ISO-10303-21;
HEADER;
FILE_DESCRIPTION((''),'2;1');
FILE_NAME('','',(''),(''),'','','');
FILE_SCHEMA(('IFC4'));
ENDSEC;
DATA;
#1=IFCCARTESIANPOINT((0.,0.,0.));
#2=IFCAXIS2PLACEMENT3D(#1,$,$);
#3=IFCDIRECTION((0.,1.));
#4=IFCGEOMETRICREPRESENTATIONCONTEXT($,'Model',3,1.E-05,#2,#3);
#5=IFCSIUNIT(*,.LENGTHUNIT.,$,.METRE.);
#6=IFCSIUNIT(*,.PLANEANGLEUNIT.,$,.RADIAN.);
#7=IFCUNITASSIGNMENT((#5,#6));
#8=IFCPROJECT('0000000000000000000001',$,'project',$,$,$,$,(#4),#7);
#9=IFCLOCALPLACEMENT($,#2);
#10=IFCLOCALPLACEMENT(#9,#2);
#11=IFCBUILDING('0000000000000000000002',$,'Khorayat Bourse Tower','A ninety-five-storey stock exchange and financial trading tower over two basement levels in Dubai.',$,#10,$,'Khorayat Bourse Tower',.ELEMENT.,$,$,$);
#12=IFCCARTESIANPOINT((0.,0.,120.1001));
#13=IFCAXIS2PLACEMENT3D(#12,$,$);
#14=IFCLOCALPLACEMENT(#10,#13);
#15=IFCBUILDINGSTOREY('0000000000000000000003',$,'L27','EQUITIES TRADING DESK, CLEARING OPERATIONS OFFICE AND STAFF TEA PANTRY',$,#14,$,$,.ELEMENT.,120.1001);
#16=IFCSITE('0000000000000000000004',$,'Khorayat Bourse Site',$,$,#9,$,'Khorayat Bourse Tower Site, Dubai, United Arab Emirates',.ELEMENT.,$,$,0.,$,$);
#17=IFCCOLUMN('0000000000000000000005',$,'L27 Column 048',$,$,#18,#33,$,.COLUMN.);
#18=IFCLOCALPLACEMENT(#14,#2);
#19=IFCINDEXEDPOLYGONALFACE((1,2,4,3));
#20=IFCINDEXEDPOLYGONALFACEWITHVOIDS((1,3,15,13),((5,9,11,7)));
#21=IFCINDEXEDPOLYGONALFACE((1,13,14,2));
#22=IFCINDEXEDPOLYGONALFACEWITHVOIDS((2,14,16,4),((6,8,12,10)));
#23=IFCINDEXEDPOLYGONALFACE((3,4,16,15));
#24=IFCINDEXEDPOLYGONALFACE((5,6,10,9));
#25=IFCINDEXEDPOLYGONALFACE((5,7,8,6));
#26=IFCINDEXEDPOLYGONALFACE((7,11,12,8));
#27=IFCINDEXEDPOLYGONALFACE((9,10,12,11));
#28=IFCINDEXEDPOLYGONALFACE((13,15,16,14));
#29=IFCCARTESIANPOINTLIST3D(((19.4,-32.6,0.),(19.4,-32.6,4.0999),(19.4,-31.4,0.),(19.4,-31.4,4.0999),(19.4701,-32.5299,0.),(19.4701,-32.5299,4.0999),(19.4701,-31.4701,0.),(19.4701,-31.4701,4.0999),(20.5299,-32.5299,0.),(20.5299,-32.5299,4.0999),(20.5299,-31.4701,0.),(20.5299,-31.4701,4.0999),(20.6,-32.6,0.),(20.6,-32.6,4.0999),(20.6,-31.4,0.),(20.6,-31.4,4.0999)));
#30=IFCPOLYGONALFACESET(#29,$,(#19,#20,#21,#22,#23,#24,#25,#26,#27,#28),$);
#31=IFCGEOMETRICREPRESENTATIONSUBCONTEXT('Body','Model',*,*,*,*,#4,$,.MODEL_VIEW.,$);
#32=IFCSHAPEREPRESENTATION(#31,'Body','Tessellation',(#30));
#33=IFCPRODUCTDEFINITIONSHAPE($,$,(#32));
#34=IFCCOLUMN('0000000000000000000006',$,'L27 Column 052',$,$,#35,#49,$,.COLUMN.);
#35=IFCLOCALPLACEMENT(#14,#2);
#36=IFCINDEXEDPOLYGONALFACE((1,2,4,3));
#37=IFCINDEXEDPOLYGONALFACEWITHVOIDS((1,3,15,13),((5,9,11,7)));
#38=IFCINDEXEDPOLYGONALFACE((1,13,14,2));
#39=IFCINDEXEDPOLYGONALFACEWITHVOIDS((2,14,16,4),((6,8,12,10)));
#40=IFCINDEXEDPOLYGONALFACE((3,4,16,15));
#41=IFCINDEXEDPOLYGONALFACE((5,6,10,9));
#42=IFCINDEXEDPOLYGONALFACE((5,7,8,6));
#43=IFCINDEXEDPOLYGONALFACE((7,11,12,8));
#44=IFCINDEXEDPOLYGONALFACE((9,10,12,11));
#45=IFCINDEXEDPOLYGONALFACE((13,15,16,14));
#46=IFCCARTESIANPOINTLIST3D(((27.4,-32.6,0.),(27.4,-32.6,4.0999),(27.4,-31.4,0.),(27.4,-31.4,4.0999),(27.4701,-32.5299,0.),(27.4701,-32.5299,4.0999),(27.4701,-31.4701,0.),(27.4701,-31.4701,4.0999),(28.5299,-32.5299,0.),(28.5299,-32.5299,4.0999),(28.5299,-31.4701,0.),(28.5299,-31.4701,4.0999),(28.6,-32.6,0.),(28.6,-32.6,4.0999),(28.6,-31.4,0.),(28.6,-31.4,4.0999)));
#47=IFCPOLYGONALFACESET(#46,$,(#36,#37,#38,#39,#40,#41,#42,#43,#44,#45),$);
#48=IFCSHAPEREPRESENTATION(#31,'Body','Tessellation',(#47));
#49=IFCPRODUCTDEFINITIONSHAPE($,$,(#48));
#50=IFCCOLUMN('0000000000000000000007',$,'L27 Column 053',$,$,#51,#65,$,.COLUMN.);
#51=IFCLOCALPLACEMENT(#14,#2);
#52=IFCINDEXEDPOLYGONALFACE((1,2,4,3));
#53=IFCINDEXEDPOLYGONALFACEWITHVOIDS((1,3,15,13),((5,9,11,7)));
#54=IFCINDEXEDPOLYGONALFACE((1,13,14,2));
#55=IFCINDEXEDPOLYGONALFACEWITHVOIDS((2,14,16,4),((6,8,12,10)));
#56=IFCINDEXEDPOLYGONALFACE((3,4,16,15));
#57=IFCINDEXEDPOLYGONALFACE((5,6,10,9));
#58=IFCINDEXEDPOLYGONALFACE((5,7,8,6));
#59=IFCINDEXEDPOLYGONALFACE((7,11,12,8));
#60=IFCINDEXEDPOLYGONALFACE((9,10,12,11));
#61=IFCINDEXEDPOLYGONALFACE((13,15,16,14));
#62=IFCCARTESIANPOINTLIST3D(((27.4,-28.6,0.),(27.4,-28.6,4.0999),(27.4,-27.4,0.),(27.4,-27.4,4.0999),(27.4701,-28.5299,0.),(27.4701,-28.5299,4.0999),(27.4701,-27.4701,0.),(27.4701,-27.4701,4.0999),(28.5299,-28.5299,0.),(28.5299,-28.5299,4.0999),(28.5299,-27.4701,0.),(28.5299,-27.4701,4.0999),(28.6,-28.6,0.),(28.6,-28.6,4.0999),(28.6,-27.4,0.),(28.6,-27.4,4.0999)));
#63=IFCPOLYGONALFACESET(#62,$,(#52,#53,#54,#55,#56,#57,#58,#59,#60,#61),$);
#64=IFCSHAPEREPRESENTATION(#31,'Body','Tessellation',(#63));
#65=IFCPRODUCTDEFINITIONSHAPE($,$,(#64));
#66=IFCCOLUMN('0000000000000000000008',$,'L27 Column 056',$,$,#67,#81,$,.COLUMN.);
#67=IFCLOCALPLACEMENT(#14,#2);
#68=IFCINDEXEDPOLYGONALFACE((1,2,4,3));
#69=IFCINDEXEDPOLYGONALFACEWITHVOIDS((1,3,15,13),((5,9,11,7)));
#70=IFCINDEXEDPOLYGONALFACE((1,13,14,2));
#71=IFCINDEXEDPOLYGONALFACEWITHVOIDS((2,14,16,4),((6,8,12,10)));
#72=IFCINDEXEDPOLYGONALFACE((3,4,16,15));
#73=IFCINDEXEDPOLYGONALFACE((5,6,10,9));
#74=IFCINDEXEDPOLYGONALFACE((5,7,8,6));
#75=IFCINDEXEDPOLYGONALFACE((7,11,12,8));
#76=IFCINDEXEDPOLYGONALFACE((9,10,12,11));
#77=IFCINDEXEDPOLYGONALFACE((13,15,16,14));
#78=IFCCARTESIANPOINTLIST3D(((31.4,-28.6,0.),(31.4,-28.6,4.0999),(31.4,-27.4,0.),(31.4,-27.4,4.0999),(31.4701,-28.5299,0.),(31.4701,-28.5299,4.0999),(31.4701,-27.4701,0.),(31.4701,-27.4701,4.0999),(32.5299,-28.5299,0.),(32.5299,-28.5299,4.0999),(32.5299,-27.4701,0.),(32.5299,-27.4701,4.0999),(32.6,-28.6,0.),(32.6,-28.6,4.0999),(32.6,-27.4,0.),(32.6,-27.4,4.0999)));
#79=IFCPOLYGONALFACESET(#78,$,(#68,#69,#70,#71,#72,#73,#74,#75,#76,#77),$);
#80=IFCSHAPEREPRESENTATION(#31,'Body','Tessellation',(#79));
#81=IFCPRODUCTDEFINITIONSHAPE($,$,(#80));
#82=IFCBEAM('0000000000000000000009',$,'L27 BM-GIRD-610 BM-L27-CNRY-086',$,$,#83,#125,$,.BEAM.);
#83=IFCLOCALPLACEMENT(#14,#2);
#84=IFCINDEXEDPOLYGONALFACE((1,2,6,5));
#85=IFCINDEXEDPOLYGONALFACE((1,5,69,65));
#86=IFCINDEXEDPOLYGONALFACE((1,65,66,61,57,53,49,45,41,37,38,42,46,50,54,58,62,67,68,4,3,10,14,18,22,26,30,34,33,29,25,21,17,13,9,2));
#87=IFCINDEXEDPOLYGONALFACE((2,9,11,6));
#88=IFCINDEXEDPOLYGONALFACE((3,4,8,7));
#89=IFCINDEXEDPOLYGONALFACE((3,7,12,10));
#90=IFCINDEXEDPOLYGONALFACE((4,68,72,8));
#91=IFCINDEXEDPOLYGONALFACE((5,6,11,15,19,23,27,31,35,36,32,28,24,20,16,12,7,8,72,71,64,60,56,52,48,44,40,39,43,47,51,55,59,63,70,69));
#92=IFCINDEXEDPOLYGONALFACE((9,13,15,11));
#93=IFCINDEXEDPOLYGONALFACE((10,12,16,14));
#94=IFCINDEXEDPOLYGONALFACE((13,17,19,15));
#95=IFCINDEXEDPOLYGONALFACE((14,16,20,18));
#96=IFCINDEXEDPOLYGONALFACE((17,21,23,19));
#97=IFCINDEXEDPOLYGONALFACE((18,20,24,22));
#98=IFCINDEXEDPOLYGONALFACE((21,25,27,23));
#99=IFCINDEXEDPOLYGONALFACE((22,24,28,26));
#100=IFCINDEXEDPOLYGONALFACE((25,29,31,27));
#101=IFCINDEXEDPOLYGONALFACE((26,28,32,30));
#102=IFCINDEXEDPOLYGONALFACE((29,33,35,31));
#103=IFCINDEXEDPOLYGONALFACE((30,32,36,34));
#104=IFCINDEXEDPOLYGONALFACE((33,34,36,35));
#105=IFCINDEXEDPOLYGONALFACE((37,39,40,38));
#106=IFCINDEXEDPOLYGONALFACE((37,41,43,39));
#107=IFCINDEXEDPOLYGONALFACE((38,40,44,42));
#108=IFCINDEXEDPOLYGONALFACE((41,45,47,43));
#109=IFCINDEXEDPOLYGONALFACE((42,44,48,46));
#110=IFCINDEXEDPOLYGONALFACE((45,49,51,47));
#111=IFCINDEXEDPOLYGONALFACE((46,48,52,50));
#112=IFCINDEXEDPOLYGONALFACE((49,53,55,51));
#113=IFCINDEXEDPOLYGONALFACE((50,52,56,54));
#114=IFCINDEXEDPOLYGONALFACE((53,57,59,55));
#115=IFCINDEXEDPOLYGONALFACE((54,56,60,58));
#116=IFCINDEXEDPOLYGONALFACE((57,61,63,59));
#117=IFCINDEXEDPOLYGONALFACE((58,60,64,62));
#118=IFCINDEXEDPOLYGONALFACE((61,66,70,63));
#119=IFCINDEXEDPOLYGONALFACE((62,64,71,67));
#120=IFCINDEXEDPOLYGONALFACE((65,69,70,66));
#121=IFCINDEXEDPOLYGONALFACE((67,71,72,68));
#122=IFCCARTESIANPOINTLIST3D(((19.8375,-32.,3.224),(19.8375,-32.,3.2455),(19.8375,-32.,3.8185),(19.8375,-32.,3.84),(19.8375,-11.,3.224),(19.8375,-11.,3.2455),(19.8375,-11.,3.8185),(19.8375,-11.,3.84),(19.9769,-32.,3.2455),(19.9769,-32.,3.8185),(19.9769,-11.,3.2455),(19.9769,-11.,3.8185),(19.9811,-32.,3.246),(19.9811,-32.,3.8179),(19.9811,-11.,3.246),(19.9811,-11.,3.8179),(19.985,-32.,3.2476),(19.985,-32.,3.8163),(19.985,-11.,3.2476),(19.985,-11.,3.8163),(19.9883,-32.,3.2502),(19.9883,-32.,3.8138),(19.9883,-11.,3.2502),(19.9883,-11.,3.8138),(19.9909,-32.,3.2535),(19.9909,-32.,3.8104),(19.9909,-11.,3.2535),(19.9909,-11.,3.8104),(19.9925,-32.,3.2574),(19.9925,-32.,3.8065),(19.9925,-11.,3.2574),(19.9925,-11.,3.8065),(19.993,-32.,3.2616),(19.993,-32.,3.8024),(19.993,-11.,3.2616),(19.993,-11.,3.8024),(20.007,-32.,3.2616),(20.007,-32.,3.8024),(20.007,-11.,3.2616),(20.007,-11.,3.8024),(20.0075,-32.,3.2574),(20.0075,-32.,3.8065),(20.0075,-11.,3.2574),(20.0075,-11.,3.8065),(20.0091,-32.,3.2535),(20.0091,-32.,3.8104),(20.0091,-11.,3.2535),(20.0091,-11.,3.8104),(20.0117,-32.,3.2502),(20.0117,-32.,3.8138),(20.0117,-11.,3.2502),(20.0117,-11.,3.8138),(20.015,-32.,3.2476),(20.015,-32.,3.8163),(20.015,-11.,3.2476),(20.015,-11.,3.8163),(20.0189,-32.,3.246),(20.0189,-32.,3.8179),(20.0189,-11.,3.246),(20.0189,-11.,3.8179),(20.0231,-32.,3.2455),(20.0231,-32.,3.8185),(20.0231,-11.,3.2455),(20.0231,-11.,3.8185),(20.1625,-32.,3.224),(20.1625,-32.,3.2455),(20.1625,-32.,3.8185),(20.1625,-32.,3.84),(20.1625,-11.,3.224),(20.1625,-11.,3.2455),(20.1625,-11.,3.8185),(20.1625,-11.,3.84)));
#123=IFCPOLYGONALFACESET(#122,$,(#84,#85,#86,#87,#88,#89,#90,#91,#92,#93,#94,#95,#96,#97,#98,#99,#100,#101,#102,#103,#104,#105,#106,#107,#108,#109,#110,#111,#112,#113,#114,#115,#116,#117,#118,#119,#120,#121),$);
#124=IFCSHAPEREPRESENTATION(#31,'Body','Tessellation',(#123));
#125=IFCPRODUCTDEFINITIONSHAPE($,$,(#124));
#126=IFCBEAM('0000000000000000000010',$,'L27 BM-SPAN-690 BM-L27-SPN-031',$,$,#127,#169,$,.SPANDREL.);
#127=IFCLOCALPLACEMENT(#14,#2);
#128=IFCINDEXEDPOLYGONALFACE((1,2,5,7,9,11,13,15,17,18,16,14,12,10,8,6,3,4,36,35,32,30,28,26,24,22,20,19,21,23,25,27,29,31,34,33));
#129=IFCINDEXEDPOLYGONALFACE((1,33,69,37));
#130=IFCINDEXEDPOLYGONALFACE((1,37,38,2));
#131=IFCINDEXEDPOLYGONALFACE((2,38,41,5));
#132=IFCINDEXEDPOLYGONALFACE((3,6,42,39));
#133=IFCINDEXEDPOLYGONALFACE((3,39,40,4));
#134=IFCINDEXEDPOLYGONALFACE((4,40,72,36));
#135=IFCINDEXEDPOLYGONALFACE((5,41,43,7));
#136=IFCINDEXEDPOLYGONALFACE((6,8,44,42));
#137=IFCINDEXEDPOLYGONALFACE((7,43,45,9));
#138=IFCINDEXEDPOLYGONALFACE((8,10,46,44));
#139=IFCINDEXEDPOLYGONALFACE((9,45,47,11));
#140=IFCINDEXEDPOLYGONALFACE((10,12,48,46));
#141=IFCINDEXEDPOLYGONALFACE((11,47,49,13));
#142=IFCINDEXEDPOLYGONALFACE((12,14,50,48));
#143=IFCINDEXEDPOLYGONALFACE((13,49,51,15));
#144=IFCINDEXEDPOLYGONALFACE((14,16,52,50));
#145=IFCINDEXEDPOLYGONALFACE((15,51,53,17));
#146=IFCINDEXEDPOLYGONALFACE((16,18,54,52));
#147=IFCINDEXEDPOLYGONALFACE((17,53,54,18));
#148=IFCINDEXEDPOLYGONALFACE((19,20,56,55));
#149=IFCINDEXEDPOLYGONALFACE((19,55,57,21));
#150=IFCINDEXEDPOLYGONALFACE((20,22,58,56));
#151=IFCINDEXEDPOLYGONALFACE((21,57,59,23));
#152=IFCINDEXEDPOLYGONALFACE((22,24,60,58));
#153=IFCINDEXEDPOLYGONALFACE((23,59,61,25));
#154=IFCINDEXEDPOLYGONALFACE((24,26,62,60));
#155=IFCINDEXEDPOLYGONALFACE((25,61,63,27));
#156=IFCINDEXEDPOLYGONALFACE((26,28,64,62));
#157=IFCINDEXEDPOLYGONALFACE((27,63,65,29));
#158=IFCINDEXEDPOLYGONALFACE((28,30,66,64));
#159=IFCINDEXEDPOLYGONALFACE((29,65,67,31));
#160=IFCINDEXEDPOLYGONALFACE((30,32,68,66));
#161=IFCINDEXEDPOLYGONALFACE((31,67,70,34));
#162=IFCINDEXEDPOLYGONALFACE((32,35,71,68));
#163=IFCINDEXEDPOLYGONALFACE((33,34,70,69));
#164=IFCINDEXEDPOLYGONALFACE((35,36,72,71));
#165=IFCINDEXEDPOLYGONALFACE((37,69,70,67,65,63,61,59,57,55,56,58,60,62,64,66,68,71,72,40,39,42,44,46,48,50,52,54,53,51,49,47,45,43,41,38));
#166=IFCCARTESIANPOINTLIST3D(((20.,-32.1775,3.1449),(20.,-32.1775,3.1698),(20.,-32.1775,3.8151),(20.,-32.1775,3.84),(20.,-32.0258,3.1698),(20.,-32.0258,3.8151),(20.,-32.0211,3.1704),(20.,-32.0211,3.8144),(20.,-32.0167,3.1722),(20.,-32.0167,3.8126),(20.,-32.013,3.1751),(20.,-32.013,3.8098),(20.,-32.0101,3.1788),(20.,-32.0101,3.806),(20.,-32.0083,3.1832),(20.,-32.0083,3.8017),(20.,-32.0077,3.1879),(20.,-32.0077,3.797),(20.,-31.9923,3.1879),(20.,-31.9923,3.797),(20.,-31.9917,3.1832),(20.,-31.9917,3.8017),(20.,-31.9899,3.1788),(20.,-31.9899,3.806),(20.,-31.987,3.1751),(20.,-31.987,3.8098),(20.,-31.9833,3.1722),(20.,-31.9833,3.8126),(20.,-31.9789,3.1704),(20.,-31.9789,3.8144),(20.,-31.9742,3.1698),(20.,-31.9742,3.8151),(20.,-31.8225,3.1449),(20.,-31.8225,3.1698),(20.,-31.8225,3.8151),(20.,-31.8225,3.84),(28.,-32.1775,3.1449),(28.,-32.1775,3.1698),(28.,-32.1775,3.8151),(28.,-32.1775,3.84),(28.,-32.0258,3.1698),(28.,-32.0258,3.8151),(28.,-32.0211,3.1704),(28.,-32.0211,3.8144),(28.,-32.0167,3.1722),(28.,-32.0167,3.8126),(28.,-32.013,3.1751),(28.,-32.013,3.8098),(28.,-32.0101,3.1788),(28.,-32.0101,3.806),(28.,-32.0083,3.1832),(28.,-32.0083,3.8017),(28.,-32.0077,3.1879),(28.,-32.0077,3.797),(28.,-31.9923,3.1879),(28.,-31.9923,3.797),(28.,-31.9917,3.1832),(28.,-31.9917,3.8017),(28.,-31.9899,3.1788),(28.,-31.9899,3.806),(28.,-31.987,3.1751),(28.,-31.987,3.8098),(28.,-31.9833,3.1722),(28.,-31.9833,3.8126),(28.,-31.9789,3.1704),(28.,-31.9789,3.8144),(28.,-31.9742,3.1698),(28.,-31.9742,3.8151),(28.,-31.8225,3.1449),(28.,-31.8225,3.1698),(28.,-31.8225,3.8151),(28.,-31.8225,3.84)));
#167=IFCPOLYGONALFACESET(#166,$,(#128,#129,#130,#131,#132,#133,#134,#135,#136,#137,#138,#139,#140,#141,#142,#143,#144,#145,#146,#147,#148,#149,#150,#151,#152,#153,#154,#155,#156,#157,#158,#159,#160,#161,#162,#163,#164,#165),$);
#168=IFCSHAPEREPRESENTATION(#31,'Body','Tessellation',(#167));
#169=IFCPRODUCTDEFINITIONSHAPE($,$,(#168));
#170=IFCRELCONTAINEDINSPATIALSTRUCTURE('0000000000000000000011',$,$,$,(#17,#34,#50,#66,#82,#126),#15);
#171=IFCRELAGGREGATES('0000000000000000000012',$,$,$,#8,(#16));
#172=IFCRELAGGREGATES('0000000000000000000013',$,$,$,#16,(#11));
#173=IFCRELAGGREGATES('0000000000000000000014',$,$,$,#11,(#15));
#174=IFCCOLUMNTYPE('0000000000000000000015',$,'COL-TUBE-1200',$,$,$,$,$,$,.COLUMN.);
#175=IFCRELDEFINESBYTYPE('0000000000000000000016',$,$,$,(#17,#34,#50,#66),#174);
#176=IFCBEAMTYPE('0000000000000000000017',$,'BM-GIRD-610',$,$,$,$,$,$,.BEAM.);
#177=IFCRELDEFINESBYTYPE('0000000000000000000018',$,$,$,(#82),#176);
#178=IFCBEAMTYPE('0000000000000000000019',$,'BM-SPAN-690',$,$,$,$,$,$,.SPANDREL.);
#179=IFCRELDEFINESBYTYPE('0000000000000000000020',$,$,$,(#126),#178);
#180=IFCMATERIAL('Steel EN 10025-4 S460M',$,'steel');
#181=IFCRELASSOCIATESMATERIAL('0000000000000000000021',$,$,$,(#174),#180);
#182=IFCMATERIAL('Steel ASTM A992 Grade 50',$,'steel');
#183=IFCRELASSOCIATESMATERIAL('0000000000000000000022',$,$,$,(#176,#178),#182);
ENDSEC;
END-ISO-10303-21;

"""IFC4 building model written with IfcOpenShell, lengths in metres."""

from ifc_helpers import new_model, si_unit, direction, frame, origin, origin_2d, place, context, subcontext, project, spatial, hollow_rectangle, i_section, extrude, source, transform, mapped, material, material_profile, profile_set, type_object, element, save


model = new_model("IFC4")

# Units and contexts
model_context = context("Model", 3, precision=1e-05, world=origin(), true_north=direction((0.0, 1.0)))
body_context = subcontext(model_context, "Body", "Model", "MODEL_VIEW")
ifc_project = project(units=[si_unit("LENGTHUNIT", "METRE"), si_unit("PLANEANGLEUNIT", "RADIAN")], contexts=[model_context])

# Site, building, storey
site_placement = place(None, origin())
site = spatial("IfcSite", under=ifc_project, at=site_placement, Name="Khorayat Bourse Site", LongName="Khorayat Bourse Tower Site, Dubai, United Arab Emirates", CompositionType="ELEMENT", RefElevation=0.0)
building_placement = place(site_placement, origin())
building = spatial("IfcBuilding", under=site, at=building_placement, Name="Khorayat Bourse Tower", Description="A ninety-five-storey stock exchange and financial trading tower over two basement levels in Dubai.", LongName="Khorayat Bourse Tower", CompositionType="ELEMENT")
storey_placement = place(building_placement, frame((0.0, 0.0, 120.1001)))
storey = spatial("IfcBuildingStorey", under=building, at=storey_placement, Name="L27", Description="EQUITIES TRADING DESK, CLEARING OPERATIONS OFFICE AND STAFF TEA PANTRY", CompositionType="ELEMENT", Elevation=120.1001)

# Columns
ifc_material_1 = material(Name="Steel EN 10025-4 S460M", Category="steel")
ifc_material_profile_1 = material_profile(ifc_material_1, hollow_rectangle(XDim=1.2, YDim=1.2, WallThickness=0.0701, at=origin_2d()), Name="BOX 1200x1200x70")
ifc_profile_set_1 = profile_set([ifc_material_profile_1], Name="Steel EN 10025-4 S460M")
column_type = type_object("IfcColumnType", Name="COL-TUBE-1200", PredefinedType="COLUMN", material=ifc_profile_set_1)
shared_shape_1 = source(origin(), body_context, "Body", "SweptSolid", [
    extrude(hollow_rectangle(XDim=1.2, YDim=1.2, WallThickness=0.0701, at=origin_2d()), origin(), (0.0, 0.0, 1.0), 4.0999),
])
for number, where, z_axis, x_axis, name in (
    (1, (20.0, -32.0, 0.0), (0.0, 0.0, 1.0), (1.0, 0.0, 0.0), "L27 Column 048"),
    (2, (28.0, -32.0, 0.0), (0.0, 0.0, 1.0), (1.0, 0.0, 0.0), "L27 Column 052"),
    (3, (28.0, -28.0, 0.0), (0.0, 0.0, 1.0), (1.0, 0.0, 0.0), "L27 Column 053"),
    (4, (32.0, -28.0, 0.0), (0.0, 0.0, 1.0), (1.0, 0.0, 0.0), "L27 Column 056"),
):
    element("IfcColumn", number, at=place(storey_placement, frame(where, z_axis=z_axis, x_axis=x_axis)), inside=storey, type_object=column_type, Name=name, PredefinedType="COLUMN", context=body_context, shape_type="MappedRepresentation", body=[
        mapped(shared_shape_1, transform((0.0, 0.0, 0.0), scale=1.0)),
    ])

# Beams
ifc_material_2 = material(Name="Steel ASTM A992 Grade 50", Category="steel")
ifc_material_profile_2 = material_profile(ifc_material_2, i_section(OverallWidth=0.325, OverallDepth=0.616, WebThickness=0.0139, FlangeThickness=0.0215, FilletRadius=0.0161, at=origin_2d()), Name="W610X174")
ifc_profile_set_2 = profile_set([ifc_material_profile_2], Name="Steel ASTM A992 Grade 50")
beam_type_1 = type_object("IfcBeamType", Name="BM-GIRD-610", PredefinedType="BEAM", material=ifc_profile_set_2)
shared_shape_2 = source(origin(), body_context, "Body", "SweptSolid", [
    extrude(i_section(OverallWidth=0.325, OverallDepth=0.616, WebThickness=0.0139, FlangeThickness=0.0215, FilletRadius=0.0161, at=origin_2d()), origin(), (0.0, 0.0, 1.0), 21.0),
])
beam_1_placement = place(storey_placement, frame((20.0, -32.0, 3.532), z_axis=(0.0, 1.0, 0.0), x_axis=(-1.0, 0.0, 0.0)))
element("IfcBeam", 5, at=beam_1_placement, inside=storey, type_object=beam_type_1, Name="L27 BM-GIRD-610 BM-L27-CNRY-086", PredefinedType="BEAM", context=body_context, shape_type="MappedRepresentation", body=[
    mapped(shared_shape_2, transform((0.0, 0.0, 0.0), scale=1.0)),
])
ifc_material_profile_3 = material_profile(ifc_material_2, i_section(OverallWidth=0.355, OverallDepth=0.6951, WebThickness=0.0154, FlangeThickness=0.0249, FilletRadius=0.0181, at=origin_2d()), Name="W690X217")
ifc_profile_set_3 = profile_set([ifc_material_profile_3], Name="Steel ASTM A992 Grade 50")
beam_type_2 = type_object("IfcBeamType", Name="BM-SPAN-690", PredefinedType="SPANDREL", material=ifc_profile_set_3)
shared_shape_3 = source(origin(), body_context, "Body", "SweptSolid", [
    extrude(i_section(OverallWidth=0.355, OverallDepth=0.6951, WebThickness=0.0154, FlangeThickness=0.0249, FilletRadius=0.0181, at=origin_2d()), origin(), (0.0, 0.0, 1.0), 8.0),
])
for number, where, z_axis, x_axis, name in (
    (6, (20.0, -32.0, 3.4924), (1.0, 0.0, 0.0), (0.0, 1.0, 0.0), "L27 BM-SPAN-690 BM-L27-SPN-031"),
):
    element("IfcBeam", number, at=place(storey_placement, frame(where, z_axis=z_axis, x_axis=x_axis)), inside=storey, type_object=beam_type_2, Name=name, PredefinedType="SPANDREL", context=body_context, shape_type="MappedRepresentation", body=[
        mapped(shared_shape_3, transform((0.0, 0.0, 0.0), scale=1.0)),
    ])

save(model, "model.ifc")
